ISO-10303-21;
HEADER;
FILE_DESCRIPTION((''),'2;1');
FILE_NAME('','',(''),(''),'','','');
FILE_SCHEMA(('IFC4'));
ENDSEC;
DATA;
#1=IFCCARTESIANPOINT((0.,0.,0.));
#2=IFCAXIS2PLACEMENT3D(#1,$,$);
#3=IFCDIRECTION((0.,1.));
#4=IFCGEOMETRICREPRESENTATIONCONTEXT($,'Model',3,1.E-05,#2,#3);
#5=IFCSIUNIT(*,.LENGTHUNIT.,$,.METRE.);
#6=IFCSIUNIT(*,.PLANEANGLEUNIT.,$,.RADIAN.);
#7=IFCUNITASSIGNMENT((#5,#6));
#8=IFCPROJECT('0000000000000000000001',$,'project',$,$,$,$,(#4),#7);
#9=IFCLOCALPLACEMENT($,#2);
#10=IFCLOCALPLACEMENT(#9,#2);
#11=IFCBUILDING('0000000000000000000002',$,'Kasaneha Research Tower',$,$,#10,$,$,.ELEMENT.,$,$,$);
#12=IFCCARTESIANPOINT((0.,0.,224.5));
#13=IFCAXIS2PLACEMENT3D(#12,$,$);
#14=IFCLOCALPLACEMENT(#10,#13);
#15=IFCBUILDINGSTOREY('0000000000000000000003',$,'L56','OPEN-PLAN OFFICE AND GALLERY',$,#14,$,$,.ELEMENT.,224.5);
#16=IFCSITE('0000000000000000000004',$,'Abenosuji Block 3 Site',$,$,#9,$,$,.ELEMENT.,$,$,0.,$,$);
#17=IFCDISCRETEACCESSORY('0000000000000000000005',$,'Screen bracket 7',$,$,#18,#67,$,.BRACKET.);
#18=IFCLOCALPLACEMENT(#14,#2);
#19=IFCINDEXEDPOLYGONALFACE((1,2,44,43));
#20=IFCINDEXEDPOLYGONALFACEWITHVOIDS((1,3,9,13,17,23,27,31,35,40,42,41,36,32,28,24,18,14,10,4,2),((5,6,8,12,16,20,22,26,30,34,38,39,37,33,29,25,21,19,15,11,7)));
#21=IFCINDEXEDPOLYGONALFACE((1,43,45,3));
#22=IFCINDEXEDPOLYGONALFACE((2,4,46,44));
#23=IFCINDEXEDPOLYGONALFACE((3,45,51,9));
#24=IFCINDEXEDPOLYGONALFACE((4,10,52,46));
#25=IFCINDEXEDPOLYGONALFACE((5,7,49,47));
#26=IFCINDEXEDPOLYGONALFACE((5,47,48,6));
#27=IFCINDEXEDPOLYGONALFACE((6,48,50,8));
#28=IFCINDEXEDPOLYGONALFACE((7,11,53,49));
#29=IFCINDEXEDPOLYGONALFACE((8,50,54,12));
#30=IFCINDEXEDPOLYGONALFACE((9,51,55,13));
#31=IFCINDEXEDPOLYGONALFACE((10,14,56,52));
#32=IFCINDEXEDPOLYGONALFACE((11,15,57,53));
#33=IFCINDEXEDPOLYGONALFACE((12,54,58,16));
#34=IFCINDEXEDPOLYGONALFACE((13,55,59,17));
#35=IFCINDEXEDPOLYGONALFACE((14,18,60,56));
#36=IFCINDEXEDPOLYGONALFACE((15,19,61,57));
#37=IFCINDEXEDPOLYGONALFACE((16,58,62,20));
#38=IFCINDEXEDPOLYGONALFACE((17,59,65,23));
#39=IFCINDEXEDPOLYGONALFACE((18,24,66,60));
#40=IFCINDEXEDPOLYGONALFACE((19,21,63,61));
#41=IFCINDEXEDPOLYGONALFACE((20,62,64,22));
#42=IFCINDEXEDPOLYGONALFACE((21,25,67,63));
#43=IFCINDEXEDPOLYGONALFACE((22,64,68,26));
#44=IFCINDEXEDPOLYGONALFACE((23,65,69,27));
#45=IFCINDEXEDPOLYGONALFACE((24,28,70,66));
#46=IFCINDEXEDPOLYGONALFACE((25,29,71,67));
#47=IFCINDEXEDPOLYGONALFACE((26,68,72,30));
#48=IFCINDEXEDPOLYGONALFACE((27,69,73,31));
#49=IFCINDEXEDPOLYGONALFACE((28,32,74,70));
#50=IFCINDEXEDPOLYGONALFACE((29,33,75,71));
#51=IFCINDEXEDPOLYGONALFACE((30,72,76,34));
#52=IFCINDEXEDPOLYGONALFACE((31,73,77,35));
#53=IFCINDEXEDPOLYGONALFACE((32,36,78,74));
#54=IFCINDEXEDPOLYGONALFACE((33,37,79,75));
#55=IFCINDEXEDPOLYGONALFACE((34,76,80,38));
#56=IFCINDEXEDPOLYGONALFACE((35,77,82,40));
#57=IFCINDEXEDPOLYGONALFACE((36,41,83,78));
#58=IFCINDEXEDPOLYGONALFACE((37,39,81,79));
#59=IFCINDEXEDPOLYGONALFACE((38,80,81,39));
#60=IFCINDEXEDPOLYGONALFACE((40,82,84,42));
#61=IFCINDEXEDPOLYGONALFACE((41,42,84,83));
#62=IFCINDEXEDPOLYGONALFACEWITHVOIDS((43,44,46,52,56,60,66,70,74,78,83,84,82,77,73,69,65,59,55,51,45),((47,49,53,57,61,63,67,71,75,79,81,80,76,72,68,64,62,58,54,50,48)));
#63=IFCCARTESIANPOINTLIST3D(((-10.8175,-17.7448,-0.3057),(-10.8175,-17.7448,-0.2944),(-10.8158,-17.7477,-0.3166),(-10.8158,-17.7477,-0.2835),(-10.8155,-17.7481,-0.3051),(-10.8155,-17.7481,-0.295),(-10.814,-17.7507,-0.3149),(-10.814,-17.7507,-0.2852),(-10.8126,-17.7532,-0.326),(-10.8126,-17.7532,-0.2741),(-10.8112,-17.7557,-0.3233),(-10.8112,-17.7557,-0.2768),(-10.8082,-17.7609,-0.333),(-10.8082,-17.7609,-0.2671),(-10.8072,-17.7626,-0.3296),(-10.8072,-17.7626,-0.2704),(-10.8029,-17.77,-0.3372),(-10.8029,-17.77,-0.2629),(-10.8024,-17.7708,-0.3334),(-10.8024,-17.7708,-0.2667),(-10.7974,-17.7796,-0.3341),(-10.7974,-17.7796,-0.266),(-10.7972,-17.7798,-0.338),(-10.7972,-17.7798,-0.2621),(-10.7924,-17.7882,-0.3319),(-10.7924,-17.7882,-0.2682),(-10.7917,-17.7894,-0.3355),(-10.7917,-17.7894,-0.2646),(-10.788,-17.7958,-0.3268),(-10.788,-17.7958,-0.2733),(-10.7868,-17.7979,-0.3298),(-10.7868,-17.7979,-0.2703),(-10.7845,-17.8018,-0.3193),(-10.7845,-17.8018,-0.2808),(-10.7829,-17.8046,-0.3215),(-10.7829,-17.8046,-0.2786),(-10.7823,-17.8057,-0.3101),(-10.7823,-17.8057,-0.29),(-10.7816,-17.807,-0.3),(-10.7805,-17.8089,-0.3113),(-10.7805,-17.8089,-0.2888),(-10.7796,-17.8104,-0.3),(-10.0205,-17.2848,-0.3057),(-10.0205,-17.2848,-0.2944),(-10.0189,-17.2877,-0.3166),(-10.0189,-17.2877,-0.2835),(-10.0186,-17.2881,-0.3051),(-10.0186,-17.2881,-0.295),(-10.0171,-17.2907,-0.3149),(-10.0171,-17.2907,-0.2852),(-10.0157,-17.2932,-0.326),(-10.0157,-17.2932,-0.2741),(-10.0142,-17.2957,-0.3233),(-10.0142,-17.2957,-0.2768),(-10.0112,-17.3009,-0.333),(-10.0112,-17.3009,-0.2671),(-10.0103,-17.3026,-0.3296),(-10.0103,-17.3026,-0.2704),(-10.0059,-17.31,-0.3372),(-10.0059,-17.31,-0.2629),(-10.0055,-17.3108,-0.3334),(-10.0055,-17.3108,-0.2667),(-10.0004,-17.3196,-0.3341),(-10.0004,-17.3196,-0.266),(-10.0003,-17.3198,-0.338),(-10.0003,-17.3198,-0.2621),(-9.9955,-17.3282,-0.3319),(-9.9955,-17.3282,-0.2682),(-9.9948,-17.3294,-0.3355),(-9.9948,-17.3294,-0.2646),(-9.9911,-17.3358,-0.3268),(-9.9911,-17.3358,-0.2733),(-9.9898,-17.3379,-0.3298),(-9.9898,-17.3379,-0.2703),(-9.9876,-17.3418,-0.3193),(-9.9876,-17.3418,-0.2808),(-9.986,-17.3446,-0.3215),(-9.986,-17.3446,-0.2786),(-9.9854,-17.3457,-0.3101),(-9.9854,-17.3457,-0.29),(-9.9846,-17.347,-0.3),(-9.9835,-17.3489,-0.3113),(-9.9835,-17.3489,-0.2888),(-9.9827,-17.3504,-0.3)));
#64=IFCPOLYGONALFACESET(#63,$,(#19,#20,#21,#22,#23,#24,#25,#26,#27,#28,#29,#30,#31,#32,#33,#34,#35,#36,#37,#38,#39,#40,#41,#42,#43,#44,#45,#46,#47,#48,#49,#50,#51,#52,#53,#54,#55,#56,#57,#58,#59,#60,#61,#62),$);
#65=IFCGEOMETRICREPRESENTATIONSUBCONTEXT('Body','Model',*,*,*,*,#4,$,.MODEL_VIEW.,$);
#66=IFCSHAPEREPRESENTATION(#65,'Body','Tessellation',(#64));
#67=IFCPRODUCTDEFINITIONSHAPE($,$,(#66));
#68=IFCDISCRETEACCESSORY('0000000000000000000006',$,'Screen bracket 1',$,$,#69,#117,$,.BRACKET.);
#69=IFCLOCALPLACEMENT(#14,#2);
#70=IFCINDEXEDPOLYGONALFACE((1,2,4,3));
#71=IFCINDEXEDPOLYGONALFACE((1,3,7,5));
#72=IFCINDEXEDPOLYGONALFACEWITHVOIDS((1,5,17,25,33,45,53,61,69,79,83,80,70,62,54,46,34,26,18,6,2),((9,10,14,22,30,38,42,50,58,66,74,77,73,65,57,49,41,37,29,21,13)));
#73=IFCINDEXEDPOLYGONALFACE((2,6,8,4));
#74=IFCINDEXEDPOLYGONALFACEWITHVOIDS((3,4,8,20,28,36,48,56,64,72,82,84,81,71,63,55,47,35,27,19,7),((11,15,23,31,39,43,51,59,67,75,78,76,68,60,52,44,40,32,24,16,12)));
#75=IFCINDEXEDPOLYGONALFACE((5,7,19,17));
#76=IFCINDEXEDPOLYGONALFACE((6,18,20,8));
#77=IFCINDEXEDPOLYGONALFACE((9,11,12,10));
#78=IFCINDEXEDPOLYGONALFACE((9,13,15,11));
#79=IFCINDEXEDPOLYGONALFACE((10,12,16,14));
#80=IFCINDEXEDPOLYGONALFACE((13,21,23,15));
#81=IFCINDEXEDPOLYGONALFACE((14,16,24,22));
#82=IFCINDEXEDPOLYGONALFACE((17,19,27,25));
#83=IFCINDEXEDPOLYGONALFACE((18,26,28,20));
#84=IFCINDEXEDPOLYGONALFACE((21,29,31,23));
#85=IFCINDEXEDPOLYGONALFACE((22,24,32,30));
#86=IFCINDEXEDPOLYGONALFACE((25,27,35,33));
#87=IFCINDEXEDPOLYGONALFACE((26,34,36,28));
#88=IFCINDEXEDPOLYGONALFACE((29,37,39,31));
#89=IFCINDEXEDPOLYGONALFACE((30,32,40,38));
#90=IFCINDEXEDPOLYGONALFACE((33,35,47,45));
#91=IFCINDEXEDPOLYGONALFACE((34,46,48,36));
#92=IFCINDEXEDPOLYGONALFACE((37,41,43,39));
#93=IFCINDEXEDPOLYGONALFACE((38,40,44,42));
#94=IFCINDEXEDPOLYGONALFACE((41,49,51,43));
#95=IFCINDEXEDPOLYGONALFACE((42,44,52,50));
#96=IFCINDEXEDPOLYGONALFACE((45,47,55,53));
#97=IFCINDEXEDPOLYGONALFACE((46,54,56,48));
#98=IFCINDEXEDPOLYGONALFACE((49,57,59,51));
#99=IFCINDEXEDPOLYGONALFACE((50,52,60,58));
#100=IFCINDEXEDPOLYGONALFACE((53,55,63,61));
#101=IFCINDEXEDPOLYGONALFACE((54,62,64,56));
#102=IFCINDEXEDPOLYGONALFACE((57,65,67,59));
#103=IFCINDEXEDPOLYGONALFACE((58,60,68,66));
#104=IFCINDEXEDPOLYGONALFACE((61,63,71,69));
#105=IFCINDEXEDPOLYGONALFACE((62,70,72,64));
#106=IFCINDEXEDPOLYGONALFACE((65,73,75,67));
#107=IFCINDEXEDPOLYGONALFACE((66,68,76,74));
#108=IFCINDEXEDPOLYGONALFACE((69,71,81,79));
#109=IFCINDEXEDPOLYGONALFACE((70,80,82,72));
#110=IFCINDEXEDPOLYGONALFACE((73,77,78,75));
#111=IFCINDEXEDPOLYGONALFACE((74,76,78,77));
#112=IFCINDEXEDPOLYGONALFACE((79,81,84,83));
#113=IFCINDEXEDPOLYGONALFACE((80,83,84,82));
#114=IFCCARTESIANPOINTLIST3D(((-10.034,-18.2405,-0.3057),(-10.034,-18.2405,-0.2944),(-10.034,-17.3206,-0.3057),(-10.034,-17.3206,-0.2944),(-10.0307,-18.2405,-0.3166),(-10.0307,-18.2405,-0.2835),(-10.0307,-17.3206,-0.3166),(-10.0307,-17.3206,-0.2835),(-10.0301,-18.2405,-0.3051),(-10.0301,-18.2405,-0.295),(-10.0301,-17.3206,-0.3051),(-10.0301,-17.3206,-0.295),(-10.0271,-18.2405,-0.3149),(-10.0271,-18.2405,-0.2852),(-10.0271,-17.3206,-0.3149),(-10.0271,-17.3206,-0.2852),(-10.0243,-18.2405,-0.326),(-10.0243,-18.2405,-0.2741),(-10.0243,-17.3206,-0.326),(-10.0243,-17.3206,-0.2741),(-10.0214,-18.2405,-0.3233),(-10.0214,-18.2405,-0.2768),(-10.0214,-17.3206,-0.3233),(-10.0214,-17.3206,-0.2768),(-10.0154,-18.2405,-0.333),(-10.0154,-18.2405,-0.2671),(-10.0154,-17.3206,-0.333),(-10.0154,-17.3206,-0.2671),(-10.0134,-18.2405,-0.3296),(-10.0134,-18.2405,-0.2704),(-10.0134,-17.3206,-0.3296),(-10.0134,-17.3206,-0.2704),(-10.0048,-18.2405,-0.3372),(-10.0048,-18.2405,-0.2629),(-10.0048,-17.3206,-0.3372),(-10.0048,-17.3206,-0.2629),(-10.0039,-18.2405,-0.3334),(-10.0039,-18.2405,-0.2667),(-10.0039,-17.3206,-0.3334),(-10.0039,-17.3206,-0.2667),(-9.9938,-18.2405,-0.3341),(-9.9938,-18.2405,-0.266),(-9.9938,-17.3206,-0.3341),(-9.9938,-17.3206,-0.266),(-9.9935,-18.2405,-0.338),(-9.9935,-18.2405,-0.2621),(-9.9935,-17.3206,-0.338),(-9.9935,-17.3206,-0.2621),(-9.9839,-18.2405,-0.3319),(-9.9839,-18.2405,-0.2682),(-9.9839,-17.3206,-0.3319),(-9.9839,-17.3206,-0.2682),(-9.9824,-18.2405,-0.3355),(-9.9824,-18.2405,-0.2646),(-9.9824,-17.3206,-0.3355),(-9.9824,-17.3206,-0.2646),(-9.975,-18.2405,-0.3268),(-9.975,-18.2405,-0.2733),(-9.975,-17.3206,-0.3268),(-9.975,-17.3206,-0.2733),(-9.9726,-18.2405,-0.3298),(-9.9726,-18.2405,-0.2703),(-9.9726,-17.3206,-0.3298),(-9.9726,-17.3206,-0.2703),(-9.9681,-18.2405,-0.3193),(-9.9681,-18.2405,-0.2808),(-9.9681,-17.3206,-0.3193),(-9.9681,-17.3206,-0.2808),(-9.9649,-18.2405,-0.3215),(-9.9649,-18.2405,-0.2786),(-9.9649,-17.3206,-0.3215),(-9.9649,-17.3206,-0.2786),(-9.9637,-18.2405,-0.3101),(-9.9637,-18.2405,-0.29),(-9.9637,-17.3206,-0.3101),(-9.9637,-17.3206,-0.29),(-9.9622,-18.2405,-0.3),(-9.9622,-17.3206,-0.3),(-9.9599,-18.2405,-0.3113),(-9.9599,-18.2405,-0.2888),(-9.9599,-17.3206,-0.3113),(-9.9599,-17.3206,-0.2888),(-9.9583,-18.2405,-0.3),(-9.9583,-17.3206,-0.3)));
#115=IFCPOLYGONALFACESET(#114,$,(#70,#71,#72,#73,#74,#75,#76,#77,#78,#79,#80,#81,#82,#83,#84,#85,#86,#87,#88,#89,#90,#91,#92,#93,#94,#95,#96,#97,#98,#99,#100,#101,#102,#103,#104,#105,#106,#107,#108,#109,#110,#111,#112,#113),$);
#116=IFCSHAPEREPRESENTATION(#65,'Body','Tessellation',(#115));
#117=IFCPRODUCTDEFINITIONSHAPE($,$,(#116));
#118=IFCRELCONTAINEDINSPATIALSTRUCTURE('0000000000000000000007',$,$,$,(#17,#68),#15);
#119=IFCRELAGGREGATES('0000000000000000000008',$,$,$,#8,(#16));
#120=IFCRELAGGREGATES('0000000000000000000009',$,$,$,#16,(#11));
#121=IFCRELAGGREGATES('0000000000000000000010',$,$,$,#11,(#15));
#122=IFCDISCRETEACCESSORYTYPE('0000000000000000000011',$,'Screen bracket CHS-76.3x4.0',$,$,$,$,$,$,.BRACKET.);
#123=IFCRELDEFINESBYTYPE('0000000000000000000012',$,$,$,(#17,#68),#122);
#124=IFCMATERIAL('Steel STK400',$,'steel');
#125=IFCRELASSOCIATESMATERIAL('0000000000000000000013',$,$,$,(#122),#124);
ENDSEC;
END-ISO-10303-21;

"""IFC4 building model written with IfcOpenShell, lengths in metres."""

from ifc_helpers import new_model, si_unit, direction, frame, origin, origin_2d, place, context, subcontext, project, spatial, hollow_circle, extrude, material, material_profile, profile_set, type_object, element, save


model = new_model("IFC4")

# Units and contexts
model_context = context("Model", 3, precision=1e-05, world=origin(), true_north=direction((0.0, 1.0)))
body_context = subcontext(model_context, "Body", "Model", "MODEL_VIEW")
ifc_project = project(units=[si_unit("LENGTHUNIT", "METRE"), si_unit("PLANEANGLEUNIT", "RADIAN")], contexts=[model_context])

# Site, building, storey
site_placement = place(None, origin())
site = spatial("IfcSite", under=ifc_project, at=site_placement, Name="Abenosuji Block 3 Site", CompositionType="ELEMENT", RefElevation=0.0)
building_placement = place(site_placement, origin())
building = spatial("IfcBuilding", under=site, at=building_placement, Name="Kasaneha Research Tower", CompositionType="ELEMENT")
storey_placement = place(building_placement, frame((0.0, 0.0, 224.5)))
storey = spatial("IfcBuildingStorey", under=building, at=storey_placement, Name="L56", Description="OPEN-PLAN OFFICE AND GALLERY", CompositionType="ELEMENT", Elevation=224.5)

# Discrete accessories
ifc_material_1 = material(Name="Steel STK400", Category="steel")
ifc_material_profile_1 = material_profile(ifc_material_1, hollow_circle(Radius=0.0381, WallThickness=0.0039, at=origin_2d()), Name="CHS-76.3x4.0")
ifc_profile_set_1 = profile_set([ifc_material_profile_1], Name="Steel STK400")
discrete_accessory_type = type_object("IfcDiscreteAccessoryType", Name="Screen bracket CHS-76.3x4.0", PredefinedType="BRACKET", material=ifc_profile_set_1)
discrete_accessory_1_placement = place(storey_placement, frame((-10.0017, -17.3174, -0.3), z_axis=(-0.86608, -0.499906, 0.0), x_axis=(0.499906, -0.86608, 0.0)))
element("IfcDiscreteAccessory", 1, at=discrete_accessory_1_placement, inside=storey, type_object=discrete_accessory_type, Name="Screen bracket 7", PredefinedType="BRACKET", context=body_context, shape_type="SweptSolid", body=[
    extrude(hollow_circle(Radius=0.0381, WallThickness=0.0039, at=origin_2d()), origin(), (0.0, 0.0, 1.0), 0.9202),
])
discrete_accessory_2_placement = place(storey_placement, frame((-9.9963, -17.3206, -0.3), z_axis=(0.0, -1.0, 0.0), x_axis=(1.0, 0.0, 0.0)))
element("IfcDiscreteAccessory", 2, at=discrete_accessory_2_placement, inside=storey, type_object=discrete_accessory_type, Name="Screen bracket 1", PredefinedType="BRACKET", context=body_context, shape_type="SweptSolid", body=[
    extrude(hollow_circle(Radius=0.0381, WallThickness=0.0039, at=origin_2d()), origin(), (0.0, 0.0, 1.0), 0.9199),
])

save(model, "model.ifc")
